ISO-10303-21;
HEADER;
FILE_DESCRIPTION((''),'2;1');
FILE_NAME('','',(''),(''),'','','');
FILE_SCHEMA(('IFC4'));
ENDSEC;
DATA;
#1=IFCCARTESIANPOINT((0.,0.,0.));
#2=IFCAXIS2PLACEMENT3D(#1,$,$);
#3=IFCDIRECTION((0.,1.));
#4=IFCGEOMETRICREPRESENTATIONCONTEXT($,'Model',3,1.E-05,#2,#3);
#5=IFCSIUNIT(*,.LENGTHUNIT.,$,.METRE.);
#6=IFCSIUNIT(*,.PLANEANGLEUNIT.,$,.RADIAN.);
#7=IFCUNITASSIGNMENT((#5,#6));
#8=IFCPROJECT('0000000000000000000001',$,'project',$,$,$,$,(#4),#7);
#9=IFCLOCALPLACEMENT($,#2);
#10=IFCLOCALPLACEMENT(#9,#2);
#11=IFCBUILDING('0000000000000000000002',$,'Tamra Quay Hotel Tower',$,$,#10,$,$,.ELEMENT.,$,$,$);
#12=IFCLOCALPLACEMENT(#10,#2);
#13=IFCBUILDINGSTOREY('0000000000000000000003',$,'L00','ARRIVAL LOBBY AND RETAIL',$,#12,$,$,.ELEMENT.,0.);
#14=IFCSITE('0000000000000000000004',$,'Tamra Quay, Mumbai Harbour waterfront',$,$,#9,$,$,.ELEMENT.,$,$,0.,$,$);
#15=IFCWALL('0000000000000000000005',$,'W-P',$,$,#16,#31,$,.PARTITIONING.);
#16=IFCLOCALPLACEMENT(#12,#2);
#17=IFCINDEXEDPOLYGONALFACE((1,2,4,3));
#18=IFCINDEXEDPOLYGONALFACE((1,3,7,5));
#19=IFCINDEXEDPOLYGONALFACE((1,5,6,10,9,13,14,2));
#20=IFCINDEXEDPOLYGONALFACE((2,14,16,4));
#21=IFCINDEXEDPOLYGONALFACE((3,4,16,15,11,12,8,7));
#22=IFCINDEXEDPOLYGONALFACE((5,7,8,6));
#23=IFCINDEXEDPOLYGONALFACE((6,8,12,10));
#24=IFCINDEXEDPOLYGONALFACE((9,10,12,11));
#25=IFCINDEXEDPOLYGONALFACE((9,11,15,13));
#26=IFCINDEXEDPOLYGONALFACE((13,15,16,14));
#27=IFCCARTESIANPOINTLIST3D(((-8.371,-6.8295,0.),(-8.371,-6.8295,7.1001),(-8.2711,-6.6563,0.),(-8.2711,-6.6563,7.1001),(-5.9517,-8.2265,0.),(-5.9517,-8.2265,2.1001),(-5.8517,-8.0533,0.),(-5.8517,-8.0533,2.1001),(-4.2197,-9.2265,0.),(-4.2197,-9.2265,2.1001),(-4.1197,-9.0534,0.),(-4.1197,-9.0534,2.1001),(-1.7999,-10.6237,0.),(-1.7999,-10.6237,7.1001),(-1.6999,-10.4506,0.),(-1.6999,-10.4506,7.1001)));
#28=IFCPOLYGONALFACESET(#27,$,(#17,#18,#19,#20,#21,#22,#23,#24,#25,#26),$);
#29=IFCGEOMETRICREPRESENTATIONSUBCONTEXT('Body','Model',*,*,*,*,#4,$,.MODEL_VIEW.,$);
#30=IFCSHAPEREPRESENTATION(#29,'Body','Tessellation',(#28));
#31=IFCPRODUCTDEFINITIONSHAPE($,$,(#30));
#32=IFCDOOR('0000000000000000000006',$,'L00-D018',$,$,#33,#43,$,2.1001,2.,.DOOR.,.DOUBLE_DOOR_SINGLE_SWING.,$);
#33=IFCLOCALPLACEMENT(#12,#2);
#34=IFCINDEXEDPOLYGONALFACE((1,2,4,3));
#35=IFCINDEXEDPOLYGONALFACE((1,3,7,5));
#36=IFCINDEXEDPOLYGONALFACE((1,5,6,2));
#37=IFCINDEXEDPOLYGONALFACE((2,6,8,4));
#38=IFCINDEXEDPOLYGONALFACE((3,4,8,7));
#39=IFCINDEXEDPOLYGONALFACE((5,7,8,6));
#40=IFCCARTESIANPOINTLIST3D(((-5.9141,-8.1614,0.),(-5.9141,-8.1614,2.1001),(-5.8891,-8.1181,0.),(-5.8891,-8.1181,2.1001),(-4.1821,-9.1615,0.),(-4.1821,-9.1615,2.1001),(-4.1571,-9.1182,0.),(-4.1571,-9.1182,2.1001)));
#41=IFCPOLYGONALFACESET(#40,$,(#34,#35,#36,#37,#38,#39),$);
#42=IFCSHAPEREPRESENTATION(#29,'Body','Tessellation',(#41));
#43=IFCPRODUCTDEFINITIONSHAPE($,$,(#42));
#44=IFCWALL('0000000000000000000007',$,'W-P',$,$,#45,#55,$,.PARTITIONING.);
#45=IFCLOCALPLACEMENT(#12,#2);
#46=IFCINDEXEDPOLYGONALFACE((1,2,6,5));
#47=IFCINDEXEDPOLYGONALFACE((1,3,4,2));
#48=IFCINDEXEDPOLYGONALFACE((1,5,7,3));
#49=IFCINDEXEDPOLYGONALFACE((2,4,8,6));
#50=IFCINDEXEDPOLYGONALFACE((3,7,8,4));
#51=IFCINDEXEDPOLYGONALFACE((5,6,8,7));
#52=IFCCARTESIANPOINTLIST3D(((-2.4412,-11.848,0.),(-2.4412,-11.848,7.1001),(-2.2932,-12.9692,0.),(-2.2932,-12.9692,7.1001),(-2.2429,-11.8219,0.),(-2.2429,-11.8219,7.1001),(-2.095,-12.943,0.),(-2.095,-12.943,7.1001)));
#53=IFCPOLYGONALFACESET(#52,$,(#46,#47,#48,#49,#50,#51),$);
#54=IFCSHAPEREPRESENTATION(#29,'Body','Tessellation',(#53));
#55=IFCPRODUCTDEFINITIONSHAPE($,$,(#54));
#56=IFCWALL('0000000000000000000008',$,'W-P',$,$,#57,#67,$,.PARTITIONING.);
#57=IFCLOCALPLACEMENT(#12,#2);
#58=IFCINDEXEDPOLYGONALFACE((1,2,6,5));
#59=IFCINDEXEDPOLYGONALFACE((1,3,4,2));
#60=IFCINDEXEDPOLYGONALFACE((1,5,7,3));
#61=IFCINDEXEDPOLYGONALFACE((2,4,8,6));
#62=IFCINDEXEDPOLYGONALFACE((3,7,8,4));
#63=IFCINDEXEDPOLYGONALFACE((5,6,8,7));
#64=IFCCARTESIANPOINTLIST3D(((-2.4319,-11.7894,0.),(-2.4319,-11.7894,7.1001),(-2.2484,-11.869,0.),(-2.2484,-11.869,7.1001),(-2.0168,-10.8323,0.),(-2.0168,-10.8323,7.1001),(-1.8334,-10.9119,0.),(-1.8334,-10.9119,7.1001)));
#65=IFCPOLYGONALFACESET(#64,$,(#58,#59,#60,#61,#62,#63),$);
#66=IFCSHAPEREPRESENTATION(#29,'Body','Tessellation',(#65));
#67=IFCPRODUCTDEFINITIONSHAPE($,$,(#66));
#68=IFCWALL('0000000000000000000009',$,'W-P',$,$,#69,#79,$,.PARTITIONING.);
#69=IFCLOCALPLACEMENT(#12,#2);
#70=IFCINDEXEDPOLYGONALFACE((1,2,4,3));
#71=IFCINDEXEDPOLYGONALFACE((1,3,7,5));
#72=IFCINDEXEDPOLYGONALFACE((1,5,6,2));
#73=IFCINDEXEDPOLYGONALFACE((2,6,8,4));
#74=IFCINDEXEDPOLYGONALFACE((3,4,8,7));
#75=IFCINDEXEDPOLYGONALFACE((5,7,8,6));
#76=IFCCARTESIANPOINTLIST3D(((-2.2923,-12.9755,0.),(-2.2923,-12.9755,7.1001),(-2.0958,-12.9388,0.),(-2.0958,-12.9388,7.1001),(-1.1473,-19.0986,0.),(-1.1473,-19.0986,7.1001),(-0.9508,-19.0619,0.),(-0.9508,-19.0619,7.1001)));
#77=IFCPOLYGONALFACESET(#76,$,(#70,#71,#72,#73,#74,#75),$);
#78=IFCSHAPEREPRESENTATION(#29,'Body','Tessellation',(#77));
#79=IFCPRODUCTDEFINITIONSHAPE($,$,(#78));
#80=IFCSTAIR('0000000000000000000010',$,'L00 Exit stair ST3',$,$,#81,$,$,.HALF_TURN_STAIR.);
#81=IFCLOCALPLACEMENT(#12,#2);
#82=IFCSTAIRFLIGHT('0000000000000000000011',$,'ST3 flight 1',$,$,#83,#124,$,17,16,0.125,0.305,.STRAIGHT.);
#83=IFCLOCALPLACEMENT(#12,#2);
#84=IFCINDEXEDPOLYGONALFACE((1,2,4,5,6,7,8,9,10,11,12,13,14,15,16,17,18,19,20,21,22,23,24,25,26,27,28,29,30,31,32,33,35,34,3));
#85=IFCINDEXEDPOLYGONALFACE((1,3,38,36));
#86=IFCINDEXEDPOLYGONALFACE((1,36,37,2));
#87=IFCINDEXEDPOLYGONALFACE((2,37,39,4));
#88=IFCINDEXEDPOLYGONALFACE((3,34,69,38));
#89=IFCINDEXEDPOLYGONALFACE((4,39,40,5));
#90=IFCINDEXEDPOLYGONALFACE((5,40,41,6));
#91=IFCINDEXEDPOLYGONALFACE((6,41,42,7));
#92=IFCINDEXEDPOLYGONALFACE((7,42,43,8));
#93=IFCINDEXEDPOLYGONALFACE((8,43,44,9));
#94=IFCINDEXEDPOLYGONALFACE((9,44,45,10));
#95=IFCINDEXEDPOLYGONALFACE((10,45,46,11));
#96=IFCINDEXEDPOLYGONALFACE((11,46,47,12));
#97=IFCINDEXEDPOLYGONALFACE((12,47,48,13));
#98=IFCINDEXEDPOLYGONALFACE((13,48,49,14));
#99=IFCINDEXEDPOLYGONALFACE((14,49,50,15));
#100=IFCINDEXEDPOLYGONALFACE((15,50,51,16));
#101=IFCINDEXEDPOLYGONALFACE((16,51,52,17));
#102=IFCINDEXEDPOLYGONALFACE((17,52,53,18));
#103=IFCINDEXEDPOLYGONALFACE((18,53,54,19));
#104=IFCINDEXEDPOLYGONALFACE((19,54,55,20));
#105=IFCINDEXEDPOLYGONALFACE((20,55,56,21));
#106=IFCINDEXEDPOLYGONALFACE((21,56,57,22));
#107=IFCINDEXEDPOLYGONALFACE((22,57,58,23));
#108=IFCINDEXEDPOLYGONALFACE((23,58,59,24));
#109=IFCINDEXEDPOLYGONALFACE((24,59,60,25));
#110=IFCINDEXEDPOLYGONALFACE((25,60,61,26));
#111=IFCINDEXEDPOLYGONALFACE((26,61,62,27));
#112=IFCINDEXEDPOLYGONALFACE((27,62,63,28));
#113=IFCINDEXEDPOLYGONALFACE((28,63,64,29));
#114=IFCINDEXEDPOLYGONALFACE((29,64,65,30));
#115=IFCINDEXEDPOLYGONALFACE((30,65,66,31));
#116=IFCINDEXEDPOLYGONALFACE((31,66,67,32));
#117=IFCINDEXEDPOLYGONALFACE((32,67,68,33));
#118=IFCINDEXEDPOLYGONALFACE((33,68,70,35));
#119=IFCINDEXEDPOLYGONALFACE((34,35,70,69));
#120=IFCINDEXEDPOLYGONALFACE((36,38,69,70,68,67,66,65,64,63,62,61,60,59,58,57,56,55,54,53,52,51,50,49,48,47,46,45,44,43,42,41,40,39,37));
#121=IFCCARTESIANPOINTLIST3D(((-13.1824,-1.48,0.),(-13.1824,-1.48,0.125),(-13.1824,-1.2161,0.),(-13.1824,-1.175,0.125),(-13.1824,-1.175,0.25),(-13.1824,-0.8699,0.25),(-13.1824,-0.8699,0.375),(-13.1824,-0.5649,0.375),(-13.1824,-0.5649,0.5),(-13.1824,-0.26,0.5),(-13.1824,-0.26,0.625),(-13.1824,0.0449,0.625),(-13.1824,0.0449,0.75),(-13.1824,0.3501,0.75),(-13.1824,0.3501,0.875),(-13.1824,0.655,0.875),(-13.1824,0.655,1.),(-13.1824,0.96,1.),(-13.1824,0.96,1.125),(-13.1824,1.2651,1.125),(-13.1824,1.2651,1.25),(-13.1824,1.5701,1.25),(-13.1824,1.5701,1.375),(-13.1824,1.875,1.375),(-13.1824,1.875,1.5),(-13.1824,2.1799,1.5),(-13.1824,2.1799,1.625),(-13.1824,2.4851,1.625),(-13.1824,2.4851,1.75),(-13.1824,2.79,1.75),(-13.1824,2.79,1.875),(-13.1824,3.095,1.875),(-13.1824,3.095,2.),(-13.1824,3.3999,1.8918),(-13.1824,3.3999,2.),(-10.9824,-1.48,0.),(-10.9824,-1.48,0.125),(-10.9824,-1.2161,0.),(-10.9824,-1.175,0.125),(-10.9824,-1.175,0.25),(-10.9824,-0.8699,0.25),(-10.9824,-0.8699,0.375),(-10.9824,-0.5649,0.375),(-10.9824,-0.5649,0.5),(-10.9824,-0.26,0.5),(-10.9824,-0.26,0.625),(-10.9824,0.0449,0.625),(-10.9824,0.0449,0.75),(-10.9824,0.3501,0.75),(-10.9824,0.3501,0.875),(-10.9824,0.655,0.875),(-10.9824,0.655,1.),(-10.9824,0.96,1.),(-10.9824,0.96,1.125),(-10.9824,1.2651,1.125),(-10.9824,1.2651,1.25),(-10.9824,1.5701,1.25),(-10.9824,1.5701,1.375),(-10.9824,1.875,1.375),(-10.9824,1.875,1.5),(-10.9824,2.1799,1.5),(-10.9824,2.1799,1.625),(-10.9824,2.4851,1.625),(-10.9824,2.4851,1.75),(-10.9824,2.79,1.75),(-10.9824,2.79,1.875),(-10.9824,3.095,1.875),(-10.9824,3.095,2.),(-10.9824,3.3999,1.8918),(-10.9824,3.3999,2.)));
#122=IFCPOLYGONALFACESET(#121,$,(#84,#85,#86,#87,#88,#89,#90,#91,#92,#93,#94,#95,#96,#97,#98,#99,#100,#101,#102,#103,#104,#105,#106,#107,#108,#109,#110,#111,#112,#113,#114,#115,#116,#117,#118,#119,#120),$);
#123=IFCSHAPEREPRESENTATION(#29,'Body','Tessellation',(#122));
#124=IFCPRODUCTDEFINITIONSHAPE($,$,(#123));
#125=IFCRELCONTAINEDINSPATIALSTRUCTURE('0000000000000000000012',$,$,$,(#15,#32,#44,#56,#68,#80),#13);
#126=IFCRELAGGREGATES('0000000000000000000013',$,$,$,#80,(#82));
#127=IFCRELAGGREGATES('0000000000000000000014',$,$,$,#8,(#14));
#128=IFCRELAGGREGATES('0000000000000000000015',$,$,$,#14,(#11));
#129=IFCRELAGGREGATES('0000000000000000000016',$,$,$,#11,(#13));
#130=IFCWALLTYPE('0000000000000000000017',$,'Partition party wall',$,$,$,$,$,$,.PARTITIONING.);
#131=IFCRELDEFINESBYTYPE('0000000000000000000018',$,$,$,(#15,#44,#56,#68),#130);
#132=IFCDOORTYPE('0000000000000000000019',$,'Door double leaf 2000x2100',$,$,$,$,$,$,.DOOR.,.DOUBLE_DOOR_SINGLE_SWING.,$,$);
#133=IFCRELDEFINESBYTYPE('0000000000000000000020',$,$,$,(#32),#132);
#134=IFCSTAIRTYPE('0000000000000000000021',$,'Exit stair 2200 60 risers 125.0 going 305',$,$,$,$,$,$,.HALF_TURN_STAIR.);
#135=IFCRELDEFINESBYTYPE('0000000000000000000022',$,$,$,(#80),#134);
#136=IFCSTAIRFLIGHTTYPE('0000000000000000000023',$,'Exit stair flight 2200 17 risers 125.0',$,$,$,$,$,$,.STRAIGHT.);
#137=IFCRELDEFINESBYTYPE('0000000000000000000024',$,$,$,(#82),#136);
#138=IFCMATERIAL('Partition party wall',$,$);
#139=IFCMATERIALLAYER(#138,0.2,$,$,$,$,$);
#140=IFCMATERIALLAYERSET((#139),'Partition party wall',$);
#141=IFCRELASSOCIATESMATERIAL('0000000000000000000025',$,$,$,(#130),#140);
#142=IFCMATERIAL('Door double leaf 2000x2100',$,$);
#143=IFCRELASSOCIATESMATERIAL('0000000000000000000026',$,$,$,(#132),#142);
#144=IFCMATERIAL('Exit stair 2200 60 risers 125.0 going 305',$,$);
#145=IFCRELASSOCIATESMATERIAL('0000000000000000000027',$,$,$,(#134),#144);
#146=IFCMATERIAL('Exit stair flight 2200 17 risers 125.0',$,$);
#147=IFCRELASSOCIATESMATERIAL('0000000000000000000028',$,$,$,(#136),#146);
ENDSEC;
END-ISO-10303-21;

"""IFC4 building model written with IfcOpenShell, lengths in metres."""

from ifc_helpers import new_model, si_unit, direction, frame, frame_2d, origin, place, context, subcontext, project, spatial, polyline, rectangle, outline, extrude, material, layer, layer_set, type_object, element, fill, aggregate, save


model = new_model("IFC4")

# Units and contexts
model_context = context("Model", 3, precision=1e-05, world=origin(), true_north=direction((0.0, 1.0)))
body_context = subcontext(model_context, "Body", "Model", "MODEL_VIEW")
ifc_project = project(units=[si_unit("LENGTHUNIT", "METRE"), si_unit("PLANEANGLEUNIT", "RADIAN")], contexts=[model_context])

# Site, building, storey
site_placement = place(None, origin())
site = spatial("IfcSite", under=ifc_project, at=site_placement, Name="Tamra Quay, Mumbai Harbour waterfront", CompositionType="ELEMENT", RefElevation=0.0)
building_placement = place(site_placement, origin())
building = spatial("IfcBuilding", under=site, at=building_placement, Name="Tamra Quay Hotel Tower", CompositionType="ELEMENT")
storey_placement = place(building_placement, origin())
storey = spatial("IfcBuildingStorey", under=building, at=storey_placement, Name="L00", Description="ARRIVAL LOBBY AND RETAIL", CompositionType="ELEMENT", Elevation=0.0)

# Wall, opening, door
ifc_material_1 = material(Name="Partition party wall")
ifc_layer_1 = layer(ifc_material_1, 0.2)
ifc_layer_set_1 = layer_set([ifc_layer_1], Name="Partition party wall")
wall_type_1 = type_object("IfcWallType", Name="Partition party wall", PredefinedType="PARTITIONING", material=ifc_layer_set_1)
wall_1_placement = place(storey_placement, frame((-8.321, -6.7429, 0.0), z_axis=(0.0, 0.0, 1.0), x_axis=(0.866003, -0.500039, 0.0)))
wall_1 = element("IfcWall", 1, at=wall_1_placement, inside=storey, type_object=wall_type_1, Name="W-P", PredefinedType="PARTITIONING", context=body_context, shape_type="SweptSolid", body=[
    extrude(rectangle(XDim=7.5879, YDim=0.2, at=frame_2d((3.7939, 0.0))), origin(), (0.0, 0.0, 1.0), 7.1001),
])
opening_1_placement = place(wall_1_placement, frame((2.7937, 0.0, 0.0)))
opening_1 = element("IfcOpeningElement", 2, at=opening_1_placement, cuts=wall_1, PredefinedType="OPENING", context=body_context, shape_type="SweptSolid", body=[
    extrude(rectangle(XDim=2.0, YDim=2.1001, at=frame_2d((1.0, 1.05))), frame((0.0, 0.1099, 0.0), z_axis=(0.0, -1.0, 0.0), x_axis=(1.0, 0.0, 0.0)), (0.0, 0.0, 1.0), 0.22),
])
ifc_material_2 = material(Name="Door double leaf 2000x2100")
door_type_1 = type_object("IfcDoorType", Name="Door double leaf 2000x2100", OperationType="DOUBLE_DOOR_SINGLE_SWING", PredefinedType="DOOR", material=ifc_material_2)
door_1_placement = place(opening_1_placement, frame((2.0, 0.0, 0.0), z_axis=(0.0, 0.0, 1.0), x_axis=(-1.0, 0.0, 0.0)))
door_1 = element("IfcDoor", 3, at=door_1_placement, inside=storey, type_object=door_type_1, Name="L00-D018", OperationType="DOUBLE_DOOR_SINGLE_SWING", OverallHeight=2.1001, OverallWidth=2.0, PredefinedType="DOOR", context=body_context, shape_type="SweptSolid", body=[
    extrude(rectangle(XDim=2.0, YDim=2.1001, at=frame_2d((1.0, 1.05))), frame((0.0, 0.0249, 0.0), z_axis=(0.0, -1.0, 0.0), x_axis=(1.0, 0.0, 0.0)), (0.0, 0.0, 1.0), 0.05),
])
fill(opening_1, door_1)

# Walls
wall_2_placement = place(storey_placement, frame((-2.342, -11.835, 0.0), z_axis=(0.0, 0.0, 1.0), x_axis=(0.130834, -0.991404, 0.0)))
element("IfcWall", 4, at=wall_2_placement, inside=storey, type_object=wall_type_1, Name="W-P", PredefinedType="PARTITIONING", context=body_context, shape_type="SweptSolid", body=[
    extrude(rectangle(XDim=1.1309, YDim=0.2, at=frame_2d((0.5654, 0.0))), origin(), (0.0, 0.0, 1.0), 7.1001),
])
wall_3_placement = place(storey_placement, frame((-2.3401, -11.8291, 0.0), z_axis=(0.0, 0.0, 1.0), x_axis=(0.39787, 0.917442, 0.0)))
element("IfcWall", 5, at=wall_3_placement, inside=storey, type_object=wall_type_1, Name="W-P", PredefinedType="PARTITIONING", context=body_context, shape_type="SweptSolid", body=[
    extrude(rectangle(XDim=1.0432, YDim=0.2, at=frame_2d((0.5215, 0.0))), origin(), (0.0, 0.0, 1.0), 7.1001),
])
wall_4_placement = place(storey_placement, frame((-2.1941, -12.957, 0.0), z_axis=(0.0, 0.0, 1.0), x_axis=(0.183815, -0.982961, 0.0)))
element("IfcWall", 6, at=wall_4_placement, inside=storey, type_object=wall_type_1, Name="W-P", PredefinedType="PARTITIONING", context=body_context, shape_type="SweptSolid", body=[
    extrude(rectangle(XDim=6.2292, YDim=0.2, at=frame_2d((3.1147, 0.0))), origin(), (0.0, 0.0, 1.0), 7.1001),
])

# Stair, stair flight
ifc_material_3 = material(Name="Exit stair 2200 60 risers 125.0 going 305")
stair_type = type_object("IfcStairType", Name="Exit stair 2200 60 risers 125.0 going 305", PredefinedType="HALF_TURN_STAIR", material=ifc_material_3)
stair_placement = place(storey_placement, origin())
stair = element("IfcStair", 7, at=stair_placement, inside=storey, type_object=stair_type, Name="L00 Exit stair ST3", PredefinedType="HALF_TURN_STAIR")
ifc_material_4 = material(Name="Exit stair flight 2200 17 risers 125.0")
stair_flight_type = type_object("IfcStairFlightType", Name="Exit stair flight 2200 17 risers 125.0", PredefinedType="STRAIGHT", material=ifc_material_4)
stair_flight_placement = place(storey_placement, frame((-12.0823, -1.48, 0.0), z_axis=(0.0, 0.0, 1.0), x_axis=(0.0, 1.0, 0.0)))
stair_flight = element("IfcStairFlight", 8, at=stair_flight_placement, type_object=stair_flight_type, Name="ST3 flight 1", NumberOfRisers=17, NumberOfTreads=16, PredefinedType="STRAIGHT", RiserHeight=0.125, TreadLength=0.305, context=body_context, shape_type="SweptSolid", body=[
    extrude(outline(polyline([(0.0, 0.0), (0.0, 0.125), (0.3049, 0.125), (0.3049, 0.25), (0.6101, 0.25), (0.6101, 0.375), (0.915, 0.375), (0.915, 0.5), (1.22, 0.5), (1.22, 0.625), (1.5249, 0.625), (1.5249, 0.75), (1.8301, 0.75), (1.8301, 0.875), (2.135, 0.875), (2.135, 1.0), (2.4399, 1.0), (2.4399, 1.125), (2.7451, 1.125), (2.7451, 1.25), (3.05, 1.25), (3.05, 1.375), (3.355, 1.375), (3.355, 1.5), (3.6599, 1.5), (3.6599, 1.625), (3.9651, 1.625), (3.9651, 1.75), (4.27, 1.75), (4.27, 1.875), (4.575, 1.875), (4.575, 2.0), (4.8799, 2.0), (4.8799, 2.125), (4.8799, 1.8918), (0.2639, 0.0), (0.0, 0.0)])), frame((0.0, 1.1001, 0.0), z_axis=(0.0, -1.0, 0.0), x_axis=(1.0, 0.0, 0.0)), (0.0, 0.0, 1.0), 2.2),
])
aggregate(stair, [stair_flight])

save(model, "model.ifc")
